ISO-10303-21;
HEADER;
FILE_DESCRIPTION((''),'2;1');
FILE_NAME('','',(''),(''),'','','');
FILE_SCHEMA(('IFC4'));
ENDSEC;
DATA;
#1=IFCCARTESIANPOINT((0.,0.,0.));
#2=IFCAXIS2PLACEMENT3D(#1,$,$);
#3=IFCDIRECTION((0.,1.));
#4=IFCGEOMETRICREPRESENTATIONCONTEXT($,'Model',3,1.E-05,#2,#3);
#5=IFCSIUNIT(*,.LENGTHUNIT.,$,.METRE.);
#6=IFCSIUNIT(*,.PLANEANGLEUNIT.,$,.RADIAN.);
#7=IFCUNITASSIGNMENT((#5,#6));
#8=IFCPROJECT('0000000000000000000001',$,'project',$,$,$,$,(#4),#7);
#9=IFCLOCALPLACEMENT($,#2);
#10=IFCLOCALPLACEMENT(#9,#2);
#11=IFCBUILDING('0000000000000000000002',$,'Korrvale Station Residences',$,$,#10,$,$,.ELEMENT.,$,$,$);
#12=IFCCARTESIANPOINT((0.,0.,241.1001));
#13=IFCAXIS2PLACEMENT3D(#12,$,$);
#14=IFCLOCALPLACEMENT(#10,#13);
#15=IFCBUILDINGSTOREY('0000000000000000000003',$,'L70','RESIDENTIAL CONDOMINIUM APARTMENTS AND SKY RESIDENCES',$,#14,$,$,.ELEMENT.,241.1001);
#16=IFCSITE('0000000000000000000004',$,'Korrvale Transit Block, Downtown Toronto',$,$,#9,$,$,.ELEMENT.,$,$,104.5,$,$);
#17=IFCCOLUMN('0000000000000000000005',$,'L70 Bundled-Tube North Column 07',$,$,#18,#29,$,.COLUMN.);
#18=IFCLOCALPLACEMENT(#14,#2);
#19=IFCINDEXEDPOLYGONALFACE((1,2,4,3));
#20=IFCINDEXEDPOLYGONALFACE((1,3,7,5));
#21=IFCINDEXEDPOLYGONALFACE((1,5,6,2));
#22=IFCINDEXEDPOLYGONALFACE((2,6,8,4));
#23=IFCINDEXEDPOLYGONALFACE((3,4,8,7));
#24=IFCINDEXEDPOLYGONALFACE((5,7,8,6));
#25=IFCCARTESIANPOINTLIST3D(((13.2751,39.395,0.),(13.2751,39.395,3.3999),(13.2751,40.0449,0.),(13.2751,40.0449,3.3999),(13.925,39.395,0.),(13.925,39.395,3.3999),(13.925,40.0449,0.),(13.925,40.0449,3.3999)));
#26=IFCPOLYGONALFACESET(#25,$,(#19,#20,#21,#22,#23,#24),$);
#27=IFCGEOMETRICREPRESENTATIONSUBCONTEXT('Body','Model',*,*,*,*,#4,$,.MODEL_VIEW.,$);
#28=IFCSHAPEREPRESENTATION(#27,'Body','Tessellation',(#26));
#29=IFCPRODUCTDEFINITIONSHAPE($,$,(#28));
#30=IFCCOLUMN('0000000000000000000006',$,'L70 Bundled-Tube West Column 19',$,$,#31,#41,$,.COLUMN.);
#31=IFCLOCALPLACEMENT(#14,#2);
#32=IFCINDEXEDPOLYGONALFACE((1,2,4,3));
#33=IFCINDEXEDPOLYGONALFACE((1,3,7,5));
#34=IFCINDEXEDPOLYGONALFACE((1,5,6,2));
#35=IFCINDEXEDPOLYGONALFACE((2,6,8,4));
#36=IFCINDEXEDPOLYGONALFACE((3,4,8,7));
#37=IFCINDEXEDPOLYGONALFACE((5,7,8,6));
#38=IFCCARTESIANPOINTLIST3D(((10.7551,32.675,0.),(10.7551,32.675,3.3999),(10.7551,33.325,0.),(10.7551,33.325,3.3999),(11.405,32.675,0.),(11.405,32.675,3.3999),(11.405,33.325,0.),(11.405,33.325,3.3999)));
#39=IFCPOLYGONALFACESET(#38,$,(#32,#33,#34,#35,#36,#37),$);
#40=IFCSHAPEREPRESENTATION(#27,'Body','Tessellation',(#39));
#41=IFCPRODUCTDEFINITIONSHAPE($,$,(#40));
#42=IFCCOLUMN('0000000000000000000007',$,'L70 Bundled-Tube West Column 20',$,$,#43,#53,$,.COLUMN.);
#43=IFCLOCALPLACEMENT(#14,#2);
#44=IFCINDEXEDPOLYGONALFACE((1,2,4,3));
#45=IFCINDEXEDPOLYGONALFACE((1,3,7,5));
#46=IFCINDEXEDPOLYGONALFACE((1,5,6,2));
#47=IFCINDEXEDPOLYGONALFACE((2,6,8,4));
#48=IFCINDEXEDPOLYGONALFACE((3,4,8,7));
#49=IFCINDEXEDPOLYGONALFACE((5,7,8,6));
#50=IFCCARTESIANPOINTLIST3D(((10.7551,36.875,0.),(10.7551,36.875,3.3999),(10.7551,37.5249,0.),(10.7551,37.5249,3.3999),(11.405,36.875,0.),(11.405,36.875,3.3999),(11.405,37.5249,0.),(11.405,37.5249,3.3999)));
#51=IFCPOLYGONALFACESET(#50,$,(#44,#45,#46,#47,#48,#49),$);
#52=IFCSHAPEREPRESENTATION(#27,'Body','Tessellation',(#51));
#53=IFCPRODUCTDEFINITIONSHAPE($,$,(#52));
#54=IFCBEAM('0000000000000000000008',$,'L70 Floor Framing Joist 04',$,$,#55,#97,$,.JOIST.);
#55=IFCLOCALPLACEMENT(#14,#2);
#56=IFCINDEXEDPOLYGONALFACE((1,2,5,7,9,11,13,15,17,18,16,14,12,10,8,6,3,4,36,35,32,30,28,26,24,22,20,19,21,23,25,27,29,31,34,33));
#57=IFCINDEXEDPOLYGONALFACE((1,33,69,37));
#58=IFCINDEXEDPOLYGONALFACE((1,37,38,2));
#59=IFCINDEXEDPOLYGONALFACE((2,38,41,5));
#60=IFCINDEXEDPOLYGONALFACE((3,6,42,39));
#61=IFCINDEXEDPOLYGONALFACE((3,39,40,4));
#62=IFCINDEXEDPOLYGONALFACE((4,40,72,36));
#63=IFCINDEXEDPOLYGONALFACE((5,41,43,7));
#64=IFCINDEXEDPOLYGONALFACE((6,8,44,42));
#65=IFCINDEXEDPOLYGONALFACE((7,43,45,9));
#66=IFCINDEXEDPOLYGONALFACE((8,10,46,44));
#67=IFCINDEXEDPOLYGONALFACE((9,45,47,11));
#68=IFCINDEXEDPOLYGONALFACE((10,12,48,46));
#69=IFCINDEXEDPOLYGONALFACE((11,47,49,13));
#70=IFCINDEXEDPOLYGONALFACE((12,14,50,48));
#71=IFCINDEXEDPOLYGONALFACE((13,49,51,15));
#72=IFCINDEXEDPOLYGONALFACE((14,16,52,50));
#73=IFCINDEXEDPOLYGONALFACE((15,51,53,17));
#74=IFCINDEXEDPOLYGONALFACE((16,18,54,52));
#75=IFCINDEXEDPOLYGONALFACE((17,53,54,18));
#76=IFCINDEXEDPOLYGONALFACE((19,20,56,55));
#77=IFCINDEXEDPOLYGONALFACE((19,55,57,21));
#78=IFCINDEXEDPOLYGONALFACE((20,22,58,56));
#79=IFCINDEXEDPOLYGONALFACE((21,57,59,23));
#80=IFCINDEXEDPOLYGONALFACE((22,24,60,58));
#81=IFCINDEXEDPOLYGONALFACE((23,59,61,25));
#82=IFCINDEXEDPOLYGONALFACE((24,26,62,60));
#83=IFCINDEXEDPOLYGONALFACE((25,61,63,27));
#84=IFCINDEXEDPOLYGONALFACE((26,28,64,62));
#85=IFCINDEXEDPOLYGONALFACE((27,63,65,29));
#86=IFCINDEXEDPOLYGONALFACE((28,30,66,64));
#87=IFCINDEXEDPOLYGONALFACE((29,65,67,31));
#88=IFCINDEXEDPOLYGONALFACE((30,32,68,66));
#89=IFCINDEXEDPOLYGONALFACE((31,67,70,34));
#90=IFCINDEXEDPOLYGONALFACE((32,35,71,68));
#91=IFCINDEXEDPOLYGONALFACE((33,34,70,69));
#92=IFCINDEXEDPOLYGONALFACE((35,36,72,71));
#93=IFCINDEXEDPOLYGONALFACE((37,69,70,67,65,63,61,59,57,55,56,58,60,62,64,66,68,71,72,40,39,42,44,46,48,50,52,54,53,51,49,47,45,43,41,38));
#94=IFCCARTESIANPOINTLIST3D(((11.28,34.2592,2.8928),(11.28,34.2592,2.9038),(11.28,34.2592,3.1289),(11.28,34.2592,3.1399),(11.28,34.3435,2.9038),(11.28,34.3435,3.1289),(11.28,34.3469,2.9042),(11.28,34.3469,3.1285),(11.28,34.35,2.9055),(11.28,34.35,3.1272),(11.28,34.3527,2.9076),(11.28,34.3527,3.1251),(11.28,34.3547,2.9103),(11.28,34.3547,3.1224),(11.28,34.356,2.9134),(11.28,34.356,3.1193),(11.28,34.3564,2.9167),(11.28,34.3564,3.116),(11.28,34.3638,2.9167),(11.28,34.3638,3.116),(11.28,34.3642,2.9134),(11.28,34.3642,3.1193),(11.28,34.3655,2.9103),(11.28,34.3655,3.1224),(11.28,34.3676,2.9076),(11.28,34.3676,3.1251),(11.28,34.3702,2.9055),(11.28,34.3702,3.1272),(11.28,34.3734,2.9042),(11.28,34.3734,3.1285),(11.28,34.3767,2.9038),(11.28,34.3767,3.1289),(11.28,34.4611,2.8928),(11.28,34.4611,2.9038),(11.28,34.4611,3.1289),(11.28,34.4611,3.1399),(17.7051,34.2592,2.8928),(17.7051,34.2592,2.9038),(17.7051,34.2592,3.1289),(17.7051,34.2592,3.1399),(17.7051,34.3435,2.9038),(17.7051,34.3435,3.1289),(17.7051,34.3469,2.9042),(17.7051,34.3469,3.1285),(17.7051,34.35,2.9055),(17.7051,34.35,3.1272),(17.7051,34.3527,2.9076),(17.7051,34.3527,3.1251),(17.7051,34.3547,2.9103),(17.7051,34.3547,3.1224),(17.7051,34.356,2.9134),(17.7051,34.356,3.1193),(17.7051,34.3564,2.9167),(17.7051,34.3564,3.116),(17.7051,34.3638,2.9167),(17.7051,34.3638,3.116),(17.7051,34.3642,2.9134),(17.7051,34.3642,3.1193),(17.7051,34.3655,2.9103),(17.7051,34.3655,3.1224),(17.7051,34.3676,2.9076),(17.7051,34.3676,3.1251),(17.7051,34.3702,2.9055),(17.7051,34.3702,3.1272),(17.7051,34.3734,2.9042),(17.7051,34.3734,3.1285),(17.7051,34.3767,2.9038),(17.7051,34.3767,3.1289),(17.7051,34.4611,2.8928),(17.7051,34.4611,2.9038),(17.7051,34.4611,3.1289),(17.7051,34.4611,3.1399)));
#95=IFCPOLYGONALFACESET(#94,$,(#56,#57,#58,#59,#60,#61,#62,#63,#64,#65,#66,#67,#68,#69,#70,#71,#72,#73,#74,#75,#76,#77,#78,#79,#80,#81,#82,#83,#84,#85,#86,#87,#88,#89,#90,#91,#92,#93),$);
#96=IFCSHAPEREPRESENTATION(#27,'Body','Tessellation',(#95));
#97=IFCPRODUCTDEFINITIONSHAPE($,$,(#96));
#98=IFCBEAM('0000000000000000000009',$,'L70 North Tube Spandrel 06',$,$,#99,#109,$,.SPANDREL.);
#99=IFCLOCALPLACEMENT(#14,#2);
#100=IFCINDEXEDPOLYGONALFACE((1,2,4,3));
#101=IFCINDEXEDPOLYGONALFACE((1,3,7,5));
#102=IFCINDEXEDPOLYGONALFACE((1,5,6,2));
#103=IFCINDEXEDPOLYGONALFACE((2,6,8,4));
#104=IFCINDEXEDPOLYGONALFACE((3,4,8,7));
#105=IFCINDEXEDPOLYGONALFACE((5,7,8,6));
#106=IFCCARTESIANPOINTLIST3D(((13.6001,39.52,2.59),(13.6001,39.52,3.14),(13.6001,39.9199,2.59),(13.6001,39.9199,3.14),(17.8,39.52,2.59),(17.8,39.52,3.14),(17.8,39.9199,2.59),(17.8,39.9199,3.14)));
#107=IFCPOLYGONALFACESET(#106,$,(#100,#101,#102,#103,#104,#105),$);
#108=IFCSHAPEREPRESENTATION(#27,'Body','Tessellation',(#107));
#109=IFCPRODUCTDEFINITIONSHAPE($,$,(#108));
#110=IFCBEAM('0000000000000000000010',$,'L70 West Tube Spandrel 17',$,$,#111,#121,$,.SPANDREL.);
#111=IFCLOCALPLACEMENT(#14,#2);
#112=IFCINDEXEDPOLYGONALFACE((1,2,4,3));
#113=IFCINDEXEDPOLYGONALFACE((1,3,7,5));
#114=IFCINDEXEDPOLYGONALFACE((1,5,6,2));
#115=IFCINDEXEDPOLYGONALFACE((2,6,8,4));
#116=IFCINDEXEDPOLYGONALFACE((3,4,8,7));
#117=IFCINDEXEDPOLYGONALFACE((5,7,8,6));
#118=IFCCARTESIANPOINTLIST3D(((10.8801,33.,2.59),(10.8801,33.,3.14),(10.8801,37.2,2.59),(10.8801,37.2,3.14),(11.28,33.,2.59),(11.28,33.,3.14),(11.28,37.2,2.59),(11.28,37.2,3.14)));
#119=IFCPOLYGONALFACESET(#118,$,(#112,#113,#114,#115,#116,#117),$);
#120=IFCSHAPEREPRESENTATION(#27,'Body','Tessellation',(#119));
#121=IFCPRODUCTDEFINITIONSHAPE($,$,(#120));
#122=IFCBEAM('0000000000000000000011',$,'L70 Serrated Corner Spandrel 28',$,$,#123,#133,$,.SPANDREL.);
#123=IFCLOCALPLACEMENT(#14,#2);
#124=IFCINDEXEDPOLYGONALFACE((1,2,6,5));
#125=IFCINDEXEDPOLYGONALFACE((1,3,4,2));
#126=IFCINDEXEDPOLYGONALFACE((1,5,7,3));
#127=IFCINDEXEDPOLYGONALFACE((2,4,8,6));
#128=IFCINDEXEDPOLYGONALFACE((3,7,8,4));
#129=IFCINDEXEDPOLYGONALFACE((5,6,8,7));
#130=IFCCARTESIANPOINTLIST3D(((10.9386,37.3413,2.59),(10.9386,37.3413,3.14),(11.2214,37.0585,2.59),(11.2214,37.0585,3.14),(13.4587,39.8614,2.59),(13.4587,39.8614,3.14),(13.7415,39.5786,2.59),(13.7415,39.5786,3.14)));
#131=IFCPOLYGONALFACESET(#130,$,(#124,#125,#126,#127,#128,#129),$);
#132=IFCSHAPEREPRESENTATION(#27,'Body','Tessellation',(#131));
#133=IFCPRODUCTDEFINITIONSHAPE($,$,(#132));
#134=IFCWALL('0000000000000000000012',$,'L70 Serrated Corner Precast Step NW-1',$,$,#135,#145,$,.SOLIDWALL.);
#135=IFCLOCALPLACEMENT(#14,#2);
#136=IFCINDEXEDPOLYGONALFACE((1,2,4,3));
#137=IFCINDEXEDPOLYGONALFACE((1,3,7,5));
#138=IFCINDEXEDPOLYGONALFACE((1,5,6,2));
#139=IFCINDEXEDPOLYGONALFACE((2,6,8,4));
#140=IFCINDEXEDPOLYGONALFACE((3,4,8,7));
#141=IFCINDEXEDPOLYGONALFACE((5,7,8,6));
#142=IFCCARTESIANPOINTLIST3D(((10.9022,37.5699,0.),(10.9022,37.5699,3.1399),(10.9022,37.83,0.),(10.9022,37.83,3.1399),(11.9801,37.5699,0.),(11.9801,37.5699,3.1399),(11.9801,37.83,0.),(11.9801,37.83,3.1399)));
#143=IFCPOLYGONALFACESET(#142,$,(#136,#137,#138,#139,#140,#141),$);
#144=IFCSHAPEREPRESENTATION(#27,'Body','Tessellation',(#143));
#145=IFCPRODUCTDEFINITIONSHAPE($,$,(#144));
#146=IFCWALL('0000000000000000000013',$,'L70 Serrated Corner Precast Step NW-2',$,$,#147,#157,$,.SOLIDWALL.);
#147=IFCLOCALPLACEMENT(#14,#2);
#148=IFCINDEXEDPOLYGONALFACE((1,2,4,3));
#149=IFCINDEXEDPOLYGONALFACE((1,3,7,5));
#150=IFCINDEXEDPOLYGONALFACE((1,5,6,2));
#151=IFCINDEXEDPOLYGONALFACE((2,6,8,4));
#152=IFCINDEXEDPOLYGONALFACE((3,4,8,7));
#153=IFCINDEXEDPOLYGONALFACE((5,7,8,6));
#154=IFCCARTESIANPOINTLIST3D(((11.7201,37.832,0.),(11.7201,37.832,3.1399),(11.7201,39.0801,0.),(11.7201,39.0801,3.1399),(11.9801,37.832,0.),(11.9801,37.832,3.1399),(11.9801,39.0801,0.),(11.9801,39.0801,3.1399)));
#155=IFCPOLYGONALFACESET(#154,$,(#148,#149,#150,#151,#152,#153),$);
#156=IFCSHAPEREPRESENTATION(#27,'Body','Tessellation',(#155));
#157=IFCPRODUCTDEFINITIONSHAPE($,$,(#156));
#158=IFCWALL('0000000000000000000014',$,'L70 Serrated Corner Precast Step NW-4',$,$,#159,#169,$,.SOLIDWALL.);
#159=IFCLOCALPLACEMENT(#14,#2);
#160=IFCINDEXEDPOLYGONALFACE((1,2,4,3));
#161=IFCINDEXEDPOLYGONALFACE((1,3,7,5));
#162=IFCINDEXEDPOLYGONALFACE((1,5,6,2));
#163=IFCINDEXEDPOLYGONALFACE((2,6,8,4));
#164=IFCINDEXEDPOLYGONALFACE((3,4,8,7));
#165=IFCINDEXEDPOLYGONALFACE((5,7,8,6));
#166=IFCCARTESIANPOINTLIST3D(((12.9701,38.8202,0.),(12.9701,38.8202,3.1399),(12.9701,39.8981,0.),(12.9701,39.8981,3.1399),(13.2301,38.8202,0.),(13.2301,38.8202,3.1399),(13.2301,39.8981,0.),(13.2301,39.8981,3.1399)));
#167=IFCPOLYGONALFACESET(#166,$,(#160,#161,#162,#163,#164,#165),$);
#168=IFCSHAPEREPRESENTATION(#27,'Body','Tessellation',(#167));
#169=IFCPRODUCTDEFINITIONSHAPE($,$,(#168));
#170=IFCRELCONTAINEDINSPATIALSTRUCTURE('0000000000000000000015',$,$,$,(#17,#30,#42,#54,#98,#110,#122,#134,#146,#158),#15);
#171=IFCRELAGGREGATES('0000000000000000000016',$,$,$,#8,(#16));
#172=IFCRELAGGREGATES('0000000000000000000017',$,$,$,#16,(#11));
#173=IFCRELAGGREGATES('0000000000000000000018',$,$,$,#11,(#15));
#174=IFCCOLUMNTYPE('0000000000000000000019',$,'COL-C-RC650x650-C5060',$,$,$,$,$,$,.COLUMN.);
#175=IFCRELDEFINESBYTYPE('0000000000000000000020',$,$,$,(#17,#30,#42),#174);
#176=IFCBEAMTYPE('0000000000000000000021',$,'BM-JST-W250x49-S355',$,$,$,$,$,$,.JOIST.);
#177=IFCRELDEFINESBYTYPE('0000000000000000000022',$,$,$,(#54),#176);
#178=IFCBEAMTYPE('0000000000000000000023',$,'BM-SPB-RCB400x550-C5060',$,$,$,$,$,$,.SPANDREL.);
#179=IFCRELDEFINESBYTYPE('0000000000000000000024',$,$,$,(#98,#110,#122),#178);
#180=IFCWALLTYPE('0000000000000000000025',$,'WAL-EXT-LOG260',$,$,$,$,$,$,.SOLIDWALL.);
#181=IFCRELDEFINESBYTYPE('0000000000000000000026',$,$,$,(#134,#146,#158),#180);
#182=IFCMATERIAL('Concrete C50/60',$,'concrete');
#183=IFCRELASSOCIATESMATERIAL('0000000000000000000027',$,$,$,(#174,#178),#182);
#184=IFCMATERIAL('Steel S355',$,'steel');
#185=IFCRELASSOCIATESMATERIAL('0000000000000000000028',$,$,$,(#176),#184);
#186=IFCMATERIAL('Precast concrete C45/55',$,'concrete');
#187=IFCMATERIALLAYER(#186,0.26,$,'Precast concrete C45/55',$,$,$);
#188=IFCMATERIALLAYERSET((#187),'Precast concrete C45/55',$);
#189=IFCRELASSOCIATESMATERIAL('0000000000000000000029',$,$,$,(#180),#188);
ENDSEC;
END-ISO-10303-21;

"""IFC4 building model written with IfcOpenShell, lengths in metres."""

from ifc_helpers import new_model, si_unit, direction, frame, frame_2d, origin, origin_2d, place, context, subcontext, project, spatial, rectangle, i_section, extrude, material, layer, layer_set, material_profile, profile_set, type_object, element, save


model = new_model("IFC4")

# Units and contexts
model_context = context("Model", 3, precision=1e-05, world=origin(), true_north=direction((0.0, 1.0)))
body_context = subcontext(model_context, "Body", "Model", "MODEL_VIEW")
ifc_project = project(units=[si_unit("LENGTHUNIT", "METRE"), si_unit("PLANEANGLEUNIT", "RADIAN")], contexts=[model_context])

# Site, building, storey
site_placement = place(None, origin())
site = spatial("IfcSite", under=ifc_project, at=site_placement, Name="Korrvale Transit Block, Downtown Toronto", CompositionType="ELEMENT", RefElevation=104.5)
building_placement = place(site_placement, origin())
building = spatial("IfcBuilding", under=site, at=building_placement, Name="Korrvale Station Residences", CompositionType="ELEMENT")
storey_placement = place(building_placement, frame((0.0, 0.0, 241.1001)))
storey = spatial("IfcBuildingStorey", under=building, at=storey_placement, Name="L70", Description="RESIDENTIAL CONDOMINIUM APARTMENTS AND SKY RESIDENCES", CompositionType="ELEMENT", Elevation=241.1001)

# Columns
ifc_material_1 = material(Name="Concrete C50/60", Category="concrete")
ifc_material_profile_1 = material_profile(ifc_material_1, rectangle(XDim=0.6499, YDim=0.6499, at=origin_2d()), Name="RC650x650")
ifc_profile_set_1 = profile_set([ifc_material_profile_1], Name="Concrete C50/60")
column_type = type_object("IfcColumnType", Name="COL-C-RC650x650-C5060", PredefinedType="COLUMN", material=ifc_profile_set_1)
for number, where, z_axis, x_axis, name in (
    (1, (13.6001, 39.72, 0.0), (0.0, 0.0, 1.0), (1.0, 0.0, 0.0), "L70 Bundled-Tube North Column 07"),
    (2, (11.0801, 33.0, 0.0), (0.0, 0.0, 1.0), (1.0, 0.0, 0.0), "L70 Bundled-Tube West Column 19"),
    (3, (11.0801, 37.2, 0.0), (0.0, 0.0, 1.0), (1.0, 0.0, 0.0), "L70 Bundled-Tube West Column 20"),
):
    element("IfcColumn", number, at=place(storey_placement, frame(where, z_axis=z_axis, x_axis=x_axis)), inside=storey, type_object=column_type, Name=name, PredefinedType="COLUMN", context=body_context, shape_type="SweptSolid", body=[
        extrude(rectangle(XDim=0.6499, YDim=0.6499, at=origin_2d()), origin(), (0.0, 0.0, 1.0), 3.3999),
    ])

# Beams
ifc_material_2 = material(Name="Steel S355", Category="steel")
ifc_material_profile_2 = material_profile(ifc_material_2, i_section(OverallWidth=0.2019, OverallDepth=0.2471, WebThickness=0.0073, FlangeThickness=0.011, FilletRadius=0.0129, at=origin_2d()), Name="W250x49")
ifc_profile_set_2 = profile_set([ifc_material_profile_2], Name="Steel S355")
beam_type_1 = type_object("IfcBeamType", Name="BM-JST-W250x49-S355", PredefinedType="JOIST", material=ifc_profile_set_2)
beam_1_placement = place(storey_placement, frame((11.28, 34.3601, 3.0164), z_axis=(1.0, 0.0, 0.0), x_axis=(0.0, 1.0, 0.0)))
element("IfcBeam", 4, at=beam_1_placement, inside=storey, type_object=beam_type_1, Name="L70 Floor Framing Joist 04", PredefinedType="JOIST", context=body_context, shape_type="SweptSolid", body=[
    extrude(i_section(OverallWidth=0.2019, OverallDepth=0.2471, WebThickness=0.0073, FlangeThickness=0.011, FilletRadius=0.0129, at=origin_2d()), origin(), (0.0, 0.0, 1.0), 6.425),
])
ifc_material_profile_3 = material_profile(ifc_material_1, rectangle(XDim=0.3999, YDim=0.55, at=origin_2d()), Name="RCB400x550")
ifc_profile_set_3 = profile_set([ifc_material_profile_3], Name="Concrete C50/60")
beam_type_2 = type_object("IfcBeamType", Name="BM-SPB-RCB400x550-C5060", PredefinedType="SPANDREL", material=ifc_profile_set_3)
for number, where, z_axis, x_axis, name in (
    (5, (13.6001, 39.72, 2.865), (1.0, 0.0, 0.0), (0.0, 1.0, 0.0), "L70 North Tube Spandrel 06"),
    (6, (11.0801, 33.0, 2.865), (0.0, 1.0, 0.0), (-1.0, 0.0, 0.0), "L70 West Tube Spandrel 17"),
):
    element("IfcBeam", number, at=place(storey_placement, frame(where, z_axis=z_axis, x_axis=x_axis)), inside=storey, type_object=beam_type_2, Name=name, PredefinedType="SPANDREL", context=body_context, shape_type="SweptSolid", body=[
        extrude(rectangle(XDim=0.3999, YDim=0.55, at=origin_2d()), origin(), (0.0, 0.0, 1.0), 4.2),
    ])
beam_2_placement = place(storey_placement, frame((13.6001, 39.72, 2.865), z_axis=(-0.707107, -0.707107, 0.0), x_axis=(0.707107, -0.707107, 0.0)))
element("IfcBeam", 7, at=beam_2_placement, inside=storey, type_object=beam_type_2, Name="L70 Serrated Corner Spandrel 28", PredefinedType="SPANDREL", context=body_context, shape_type="SweptSolid", body=[
    extrude(rectangle(XDim=0.3999, YDim=0.55, at=origin_2d()), origin(), (0.0, 0.0, 1.0), 3.564),
])

# Walls
ifc_material_3 = material(Name="Precast concrete C45/55", Category="concrete")
ifc_layer_1 = layer(ifc_material_3, 0.26, Name="Precast concrete C45/55")
ifc_layer_set_1 = layer_set([ifc_layer_1], Name="Precast concrete C45/55")
wall_type_1 = type_object("IfcWallType", Name="WAL-EXT-LOG260", PredefinedType="SOLIDWALL", material=ifc_layer_set_1)
wall_1_placement = place(storey_placement, frame((10.9021, 37.7, 0.0), z_axis=(0.0, 0.0, 1.0), x_axis=(1.0, 0.0, 0.0)))
element("IfcWall", 8, at=wall_1_placement, inside=storey, type_object=wall_type_1, Name="L70 Serrated Corner Precast Step NW-1", PredefinedType="SOLIDWALL", context=body_context, shape_type="SweptSolid", body=[
    extrude(rectangle(XDim=1.0779, YDim=0.26, at=frame_2d((0.5391, 0.0))), origin(), (0.0, 0.0, 1.0), 3.1399),
])
wall_2_placement = place(storey_placement, frame((11.8501, 37.832, 0.0), z_axis=(0.0, 0.0, 1.0), x_axis=(0.0, 1.0, 0.0)))
element("IfcWall", 9, at=wall_2_placement, inside=storey, type_object=wall_type_1, Name="L70 Serrated Corner Precast Step NW-2", PredefinedType="SOLIDWALL", context=body_context, shape_type="SweptSolid", body=[
    extrude(rectangle(XDim=1.248, YDim=0.26, at=frame_2d((0.624, 0.0))), origin(), (0.0, 0.0, 1.0), 3.1399),
])
wall_3_placement = place(storey_placement, frame((13.1001, 38.8201, 0.0), z_axis=(0.0, 0.0, 1.0), x_axis=(0.0, 1.0, 0.0)))
element("IfcWall", 10, at=wall_3_placement, inside=storey, type_object=wall_type_1, Name="L70 Serrated Corner Precast Step NW-4", PredefinedType="SOLIDWALL", context=body_context, shape_type="SweptSolid", body=[
    extrude(rectangle(XDim=1.0779, YDim=0.26, at=frame_2d((0.5391, 0.0))), origin(), (0.0, 0.0, 1.0), 3.1399),
])

save(model, "model.ifc")
